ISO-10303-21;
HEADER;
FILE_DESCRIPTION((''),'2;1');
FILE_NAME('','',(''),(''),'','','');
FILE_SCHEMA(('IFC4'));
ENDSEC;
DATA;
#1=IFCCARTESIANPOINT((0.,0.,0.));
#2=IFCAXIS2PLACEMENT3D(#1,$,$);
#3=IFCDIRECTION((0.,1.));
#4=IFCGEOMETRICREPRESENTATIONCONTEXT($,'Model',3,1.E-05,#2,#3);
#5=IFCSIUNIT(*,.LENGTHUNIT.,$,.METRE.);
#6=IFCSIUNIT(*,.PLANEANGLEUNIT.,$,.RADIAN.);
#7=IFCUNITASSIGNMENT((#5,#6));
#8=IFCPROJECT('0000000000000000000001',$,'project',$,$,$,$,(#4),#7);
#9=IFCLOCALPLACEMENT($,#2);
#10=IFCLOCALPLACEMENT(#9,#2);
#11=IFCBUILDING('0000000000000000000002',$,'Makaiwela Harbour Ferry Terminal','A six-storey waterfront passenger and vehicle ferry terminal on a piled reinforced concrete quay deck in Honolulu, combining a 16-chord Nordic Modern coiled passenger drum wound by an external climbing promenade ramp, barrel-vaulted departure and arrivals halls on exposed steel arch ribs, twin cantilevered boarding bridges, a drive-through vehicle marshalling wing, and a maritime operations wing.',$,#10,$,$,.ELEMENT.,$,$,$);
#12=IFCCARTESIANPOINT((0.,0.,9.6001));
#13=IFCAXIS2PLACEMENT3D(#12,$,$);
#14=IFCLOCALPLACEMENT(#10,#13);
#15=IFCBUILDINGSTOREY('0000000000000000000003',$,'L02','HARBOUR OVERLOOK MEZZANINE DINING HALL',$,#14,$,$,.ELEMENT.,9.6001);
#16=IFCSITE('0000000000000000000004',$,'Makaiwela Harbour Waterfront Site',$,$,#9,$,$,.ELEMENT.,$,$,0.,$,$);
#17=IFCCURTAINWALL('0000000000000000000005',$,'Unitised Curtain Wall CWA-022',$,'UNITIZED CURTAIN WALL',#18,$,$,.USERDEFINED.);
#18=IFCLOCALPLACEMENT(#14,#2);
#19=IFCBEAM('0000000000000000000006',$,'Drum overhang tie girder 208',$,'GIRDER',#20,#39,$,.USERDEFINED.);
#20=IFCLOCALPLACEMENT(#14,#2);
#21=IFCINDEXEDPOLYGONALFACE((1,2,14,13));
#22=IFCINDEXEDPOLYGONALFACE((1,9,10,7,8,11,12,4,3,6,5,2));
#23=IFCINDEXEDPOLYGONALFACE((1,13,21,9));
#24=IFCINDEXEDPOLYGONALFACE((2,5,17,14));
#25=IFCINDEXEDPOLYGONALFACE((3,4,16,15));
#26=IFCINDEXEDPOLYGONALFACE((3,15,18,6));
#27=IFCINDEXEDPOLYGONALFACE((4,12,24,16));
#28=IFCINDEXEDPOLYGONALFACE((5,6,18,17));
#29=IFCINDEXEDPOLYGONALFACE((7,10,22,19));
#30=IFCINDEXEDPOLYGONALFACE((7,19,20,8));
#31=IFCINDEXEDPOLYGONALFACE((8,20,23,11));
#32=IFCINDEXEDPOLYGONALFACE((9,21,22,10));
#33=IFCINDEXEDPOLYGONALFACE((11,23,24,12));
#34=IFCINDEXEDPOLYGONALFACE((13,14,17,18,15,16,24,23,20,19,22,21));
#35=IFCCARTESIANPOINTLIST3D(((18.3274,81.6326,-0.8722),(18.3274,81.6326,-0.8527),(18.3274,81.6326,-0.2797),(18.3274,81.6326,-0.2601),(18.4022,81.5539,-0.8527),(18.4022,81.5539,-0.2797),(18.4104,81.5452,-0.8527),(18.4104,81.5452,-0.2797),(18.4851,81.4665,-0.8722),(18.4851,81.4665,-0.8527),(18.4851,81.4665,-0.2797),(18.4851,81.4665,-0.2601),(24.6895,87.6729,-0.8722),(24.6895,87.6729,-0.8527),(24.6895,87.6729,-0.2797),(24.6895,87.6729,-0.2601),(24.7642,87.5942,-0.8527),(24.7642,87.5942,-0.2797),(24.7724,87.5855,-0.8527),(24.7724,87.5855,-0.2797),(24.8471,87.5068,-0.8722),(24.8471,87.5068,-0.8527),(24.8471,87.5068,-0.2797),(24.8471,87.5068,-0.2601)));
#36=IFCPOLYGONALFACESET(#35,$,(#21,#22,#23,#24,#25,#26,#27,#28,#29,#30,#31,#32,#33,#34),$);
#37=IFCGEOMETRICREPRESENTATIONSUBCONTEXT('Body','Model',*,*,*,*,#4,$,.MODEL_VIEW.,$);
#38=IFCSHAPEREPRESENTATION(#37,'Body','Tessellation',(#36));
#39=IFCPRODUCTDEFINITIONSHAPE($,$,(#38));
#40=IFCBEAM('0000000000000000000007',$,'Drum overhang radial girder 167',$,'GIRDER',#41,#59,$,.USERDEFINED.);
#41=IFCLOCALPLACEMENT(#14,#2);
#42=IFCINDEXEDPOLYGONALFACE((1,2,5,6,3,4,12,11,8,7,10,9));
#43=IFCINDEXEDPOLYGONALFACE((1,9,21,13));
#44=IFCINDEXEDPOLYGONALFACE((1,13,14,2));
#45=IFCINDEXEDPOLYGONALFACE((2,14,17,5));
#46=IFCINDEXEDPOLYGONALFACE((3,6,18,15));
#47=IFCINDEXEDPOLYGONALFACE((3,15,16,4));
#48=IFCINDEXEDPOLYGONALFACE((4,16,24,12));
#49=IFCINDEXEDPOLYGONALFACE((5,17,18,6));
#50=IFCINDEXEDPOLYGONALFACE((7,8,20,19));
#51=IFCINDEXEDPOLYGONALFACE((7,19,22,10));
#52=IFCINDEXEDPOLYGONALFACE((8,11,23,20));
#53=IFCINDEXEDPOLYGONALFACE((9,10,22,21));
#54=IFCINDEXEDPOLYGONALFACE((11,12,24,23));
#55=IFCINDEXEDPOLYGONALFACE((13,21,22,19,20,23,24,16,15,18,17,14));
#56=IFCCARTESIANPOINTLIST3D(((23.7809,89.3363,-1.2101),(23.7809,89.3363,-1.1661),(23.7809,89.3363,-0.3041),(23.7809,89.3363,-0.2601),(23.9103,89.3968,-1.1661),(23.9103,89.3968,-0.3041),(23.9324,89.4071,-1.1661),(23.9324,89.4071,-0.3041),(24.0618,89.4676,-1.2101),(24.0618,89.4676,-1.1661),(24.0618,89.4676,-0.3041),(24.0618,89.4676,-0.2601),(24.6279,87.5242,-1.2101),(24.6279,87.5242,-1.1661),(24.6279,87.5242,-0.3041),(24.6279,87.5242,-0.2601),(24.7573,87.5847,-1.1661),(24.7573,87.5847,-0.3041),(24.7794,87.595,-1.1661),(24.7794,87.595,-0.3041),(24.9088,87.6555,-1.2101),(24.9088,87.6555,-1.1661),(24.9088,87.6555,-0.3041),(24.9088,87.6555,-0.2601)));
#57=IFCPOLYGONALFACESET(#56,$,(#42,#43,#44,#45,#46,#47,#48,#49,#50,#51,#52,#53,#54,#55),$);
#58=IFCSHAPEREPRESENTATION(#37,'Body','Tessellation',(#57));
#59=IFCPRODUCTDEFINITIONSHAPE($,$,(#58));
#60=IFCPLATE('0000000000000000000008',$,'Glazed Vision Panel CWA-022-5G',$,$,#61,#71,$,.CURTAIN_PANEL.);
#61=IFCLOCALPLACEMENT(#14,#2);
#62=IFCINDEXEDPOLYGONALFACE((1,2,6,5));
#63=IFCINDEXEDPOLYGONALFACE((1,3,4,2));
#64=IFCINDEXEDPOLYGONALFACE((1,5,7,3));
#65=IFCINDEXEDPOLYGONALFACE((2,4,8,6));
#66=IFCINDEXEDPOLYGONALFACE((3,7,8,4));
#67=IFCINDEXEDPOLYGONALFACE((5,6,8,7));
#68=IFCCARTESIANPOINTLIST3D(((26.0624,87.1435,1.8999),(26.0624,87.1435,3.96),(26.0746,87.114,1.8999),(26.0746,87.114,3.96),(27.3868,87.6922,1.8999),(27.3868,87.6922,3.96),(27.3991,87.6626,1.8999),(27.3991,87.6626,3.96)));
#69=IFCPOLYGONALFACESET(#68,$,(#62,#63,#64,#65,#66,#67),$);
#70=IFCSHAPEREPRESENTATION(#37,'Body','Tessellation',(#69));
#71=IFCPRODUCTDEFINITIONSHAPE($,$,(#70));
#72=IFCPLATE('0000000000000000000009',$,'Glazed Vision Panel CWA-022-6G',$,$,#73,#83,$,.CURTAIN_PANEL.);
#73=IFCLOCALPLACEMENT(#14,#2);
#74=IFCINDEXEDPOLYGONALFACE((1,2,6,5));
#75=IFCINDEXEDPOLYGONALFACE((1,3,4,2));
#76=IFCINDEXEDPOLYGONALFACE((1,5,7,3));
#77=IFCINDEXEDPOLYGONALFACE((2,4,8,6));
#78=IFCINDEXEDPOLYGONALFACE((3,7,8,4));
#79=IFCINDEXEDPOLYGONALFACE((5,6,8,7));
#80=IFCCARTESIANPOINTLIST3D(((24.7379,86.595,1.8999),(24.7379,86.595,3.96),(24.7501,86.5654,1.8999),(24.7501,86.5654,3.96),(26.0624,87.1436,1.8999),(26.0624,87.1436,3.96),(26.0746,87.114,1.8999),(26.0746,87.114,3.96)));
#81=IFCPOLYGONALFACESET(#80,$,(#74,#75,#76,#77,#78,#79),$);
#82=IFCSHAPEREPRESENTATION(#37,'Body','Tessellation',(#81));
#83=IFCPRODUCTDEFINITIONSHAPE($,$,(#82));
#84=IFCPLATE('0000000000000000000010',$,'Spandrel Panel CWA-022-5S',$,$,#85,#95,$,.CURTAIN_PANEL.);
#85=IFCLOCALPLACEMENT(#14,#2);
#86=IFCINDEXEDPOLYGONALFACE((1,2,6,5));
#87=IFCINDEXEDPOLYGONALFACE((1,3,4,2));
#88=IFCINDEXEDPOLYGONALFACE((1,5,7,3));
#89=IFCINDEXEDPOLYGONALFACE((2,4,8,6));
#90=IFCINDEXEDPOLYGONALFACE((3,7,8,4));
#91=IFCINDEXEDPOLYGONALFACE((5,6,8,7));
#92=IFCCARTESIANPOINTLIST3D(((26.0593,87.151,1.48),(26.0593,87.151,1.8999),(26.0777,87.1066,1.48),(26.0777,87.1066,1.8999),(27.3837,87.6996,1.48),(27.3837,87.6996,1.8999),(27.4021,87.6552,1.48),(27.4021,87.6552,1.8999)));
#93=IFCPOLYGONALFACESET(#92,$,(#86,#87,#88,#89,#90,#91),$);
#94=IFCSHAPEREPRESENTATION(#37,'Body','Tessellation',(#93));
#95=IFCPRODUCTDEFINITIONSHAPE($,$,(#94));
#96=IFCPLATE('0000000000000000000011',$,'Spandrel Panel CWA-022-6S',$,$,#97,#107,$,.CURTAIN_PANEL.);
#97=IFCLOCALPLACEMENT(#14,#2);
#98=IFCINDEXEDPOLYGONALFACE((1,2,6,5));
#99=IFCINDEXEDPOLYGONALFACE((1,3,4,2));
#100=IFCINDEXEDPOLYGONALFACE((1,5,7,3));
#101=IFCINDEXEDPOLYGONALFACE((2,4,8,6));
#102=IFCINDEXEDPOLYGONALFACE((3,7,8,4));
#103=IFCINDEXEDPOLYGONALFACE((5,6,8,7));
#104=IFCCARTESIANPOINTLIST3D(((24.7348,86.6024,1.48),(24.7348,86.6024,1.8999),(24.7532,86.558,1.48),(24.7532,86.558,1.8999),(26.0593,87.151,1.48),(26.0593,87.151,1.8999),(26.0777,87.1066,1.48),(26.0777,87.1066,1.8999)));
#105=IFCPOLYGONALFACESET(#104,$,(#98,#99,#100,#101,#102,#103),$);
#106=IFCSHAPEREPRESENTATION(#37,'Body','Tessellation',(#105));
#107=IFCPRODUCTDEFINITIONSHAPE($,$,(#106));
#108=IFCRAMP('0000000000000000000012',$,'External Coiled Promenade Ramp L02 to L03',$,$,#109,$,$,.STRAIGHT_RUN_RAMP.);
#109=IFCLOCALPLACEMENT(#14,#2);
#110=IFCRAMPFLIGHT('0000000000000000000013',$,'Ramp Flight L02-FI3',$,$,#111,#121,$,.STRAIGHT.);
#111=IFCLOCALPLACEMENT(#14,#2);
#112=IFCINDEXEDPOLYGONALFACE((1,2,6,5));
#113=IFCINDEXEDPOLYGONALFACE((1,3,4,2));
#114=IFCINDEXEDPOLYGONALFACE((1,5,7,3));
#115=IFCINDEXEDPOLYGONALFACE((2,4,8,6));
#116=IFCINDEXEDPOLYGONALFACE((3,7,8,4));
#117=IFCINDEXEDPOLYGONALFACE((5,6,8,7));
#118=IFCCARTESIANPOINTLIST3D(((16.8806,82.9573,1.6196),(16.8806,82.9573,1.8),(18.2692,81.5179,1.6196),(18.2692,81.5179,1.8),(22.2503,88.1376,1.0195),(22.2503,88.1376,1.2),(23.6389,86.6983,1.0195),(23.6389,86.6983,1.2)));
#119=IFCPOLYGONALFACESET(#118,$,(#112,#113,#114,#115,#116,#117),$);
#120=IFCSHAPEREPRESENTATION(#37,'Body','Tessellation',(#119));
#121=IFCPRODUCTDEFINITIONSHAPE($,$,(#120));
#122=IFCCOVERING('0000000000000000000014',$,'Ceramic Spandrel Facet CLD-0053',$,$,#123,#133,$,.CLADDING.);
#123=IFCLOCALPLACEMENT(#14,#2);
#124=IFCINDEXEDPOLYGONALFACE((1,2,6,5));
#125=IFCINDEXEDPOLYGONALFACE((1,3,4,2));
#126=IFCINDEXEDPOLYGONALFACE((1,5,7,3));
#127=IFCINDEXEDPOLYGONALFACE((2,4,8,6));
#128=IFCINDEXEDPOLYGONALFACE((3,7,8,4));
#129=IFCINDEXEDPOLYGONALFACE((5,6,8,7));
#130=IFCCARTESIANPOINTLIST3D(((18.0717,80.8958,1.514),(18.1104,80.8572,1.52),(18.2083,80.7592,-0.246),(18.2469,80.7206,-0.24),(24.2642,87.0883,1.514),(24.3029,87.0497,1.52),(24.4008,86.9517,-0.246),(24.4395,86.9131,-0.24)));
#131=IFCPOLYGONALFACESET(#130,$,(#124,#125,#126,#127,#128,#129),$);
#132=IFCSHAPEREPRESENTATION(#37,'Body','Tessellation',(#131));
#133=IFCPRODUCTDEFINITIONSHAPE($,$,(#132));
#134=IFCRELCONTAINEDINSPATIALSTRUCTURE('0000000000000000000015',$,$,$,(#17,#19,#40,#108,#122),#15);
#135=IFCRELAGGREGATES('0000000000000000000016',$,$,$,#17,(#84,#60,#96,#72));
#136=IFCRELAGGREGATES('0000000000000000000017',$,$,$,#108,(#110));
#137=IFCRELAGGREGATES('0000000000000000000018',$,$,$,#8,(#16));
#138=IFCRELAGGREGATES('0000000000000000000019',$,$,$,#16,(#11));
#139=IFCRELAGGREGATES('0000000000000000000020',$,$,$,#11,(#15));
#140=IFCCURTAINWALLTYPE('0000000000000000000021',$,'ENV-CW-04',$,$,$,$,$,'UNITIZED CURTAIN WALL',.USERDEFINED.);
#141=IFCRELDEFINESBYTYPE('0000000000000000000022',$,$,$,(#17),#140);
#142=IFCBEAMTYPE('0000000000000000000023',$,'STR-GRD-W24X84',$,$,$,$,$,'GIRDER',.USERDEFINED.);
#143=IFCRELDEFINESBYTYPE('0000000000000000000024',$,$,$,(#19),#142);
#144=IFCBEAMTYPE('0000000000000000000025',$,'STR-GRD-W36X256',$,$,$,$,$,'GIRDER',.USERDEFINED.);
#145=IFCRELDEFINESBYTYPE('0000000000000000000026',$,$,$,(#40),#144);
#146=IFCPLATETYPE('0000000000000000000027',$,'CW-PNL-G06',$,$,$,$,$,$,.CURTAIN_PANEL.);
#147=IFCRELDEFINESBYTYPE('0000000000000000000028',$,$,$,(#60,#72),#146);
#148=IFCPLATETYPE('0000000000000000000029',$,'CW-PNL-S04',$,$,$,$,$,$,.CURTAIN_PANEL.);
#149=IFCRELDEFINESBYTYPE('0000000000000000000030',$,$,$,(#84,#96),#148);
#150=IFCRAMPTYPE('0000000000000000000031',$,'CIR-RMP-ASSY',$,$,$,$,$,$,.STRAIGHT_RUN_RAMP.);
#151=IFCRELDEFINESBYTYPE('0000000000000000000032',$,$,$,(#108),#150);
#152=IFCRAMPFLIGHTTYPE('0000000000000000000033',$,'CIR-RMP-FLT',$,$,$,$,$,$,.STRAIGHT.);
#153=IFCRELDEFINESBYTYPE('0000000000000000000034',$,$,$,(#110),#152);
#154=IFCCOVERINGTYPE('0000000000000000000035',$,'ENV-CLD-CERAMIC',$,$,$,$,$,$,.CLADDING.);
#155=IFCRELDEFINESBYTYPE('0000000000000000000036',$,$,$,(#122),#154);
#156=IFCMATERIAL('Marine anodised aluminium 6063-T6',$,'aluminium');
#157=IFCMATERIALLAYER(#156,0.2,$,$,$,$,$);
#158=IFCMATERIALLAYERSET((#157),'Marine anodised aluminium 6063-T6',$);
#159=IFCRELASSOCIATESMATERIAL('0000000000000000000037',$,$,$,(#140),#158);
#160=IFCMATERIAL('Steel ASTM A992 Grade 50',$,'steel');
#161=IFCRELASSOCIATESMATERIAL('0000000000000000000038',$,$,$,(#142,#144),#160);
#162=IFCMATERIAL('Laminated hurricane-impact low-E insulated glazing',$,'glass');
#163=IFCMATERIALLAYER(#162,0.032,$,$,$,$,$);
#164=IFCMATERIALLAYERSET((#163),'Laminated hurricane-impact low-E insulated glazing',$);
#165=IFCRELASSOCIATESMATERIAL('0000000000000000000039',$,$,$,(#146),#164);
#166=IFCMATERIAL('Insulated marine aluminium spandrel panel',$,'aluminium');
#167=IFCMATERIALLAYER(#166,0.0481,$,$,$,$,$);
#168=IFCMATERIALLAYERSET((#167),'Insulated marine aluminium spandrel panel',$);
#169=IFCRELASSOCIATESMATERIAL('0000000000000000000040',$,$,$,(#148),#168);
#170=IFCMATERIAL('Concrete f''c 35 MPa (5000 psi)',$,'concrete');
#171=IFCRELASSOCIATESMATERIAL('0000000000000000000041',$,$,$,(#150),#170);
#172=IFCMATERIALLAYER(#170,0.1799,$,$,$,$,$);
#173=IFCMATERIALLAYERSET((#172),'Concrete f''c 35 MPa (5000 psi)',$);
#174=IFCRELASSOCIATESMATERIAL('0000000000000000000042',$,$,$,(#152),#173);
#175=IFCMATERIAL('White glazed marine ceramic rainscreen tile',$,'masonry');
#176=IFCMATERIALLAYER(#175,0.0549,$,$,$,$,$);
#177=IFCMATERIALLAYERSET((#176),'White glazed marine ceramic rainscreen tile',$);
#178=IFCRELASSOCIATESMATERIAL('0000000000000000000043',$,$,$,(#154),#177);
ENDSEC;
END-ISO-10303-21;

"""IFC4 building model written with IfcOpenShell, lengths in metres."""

from ifc_helpers import new_model, si_unit, direction, frame, origin, origin_2d, place, context, subcontext, project, spatial, polyline, rectangle, i_section, outline, extrude, material, layer, layer_set, material_profile, profile_set, type_object, element, aggregate, save


model = new_model("IFC4")

# Units and contexts
model_context = context("Model", 3, precision=1e-05, world=origin(), true_north=direction((0.0, 1.0)))
body_context = subcontext(model_context, "Body", "Model", "MODEL_VIEW")
ifc_project = project(units=[si_unit("LENGTHUNIT", "METRE"), si_unit("PLANEANGLEUNIT", "RADIAN")], contexts=[model_context])

# Site, building, storey
site_placement = place(None, origin())
site = spatial("IfcSite", under=ifc_project, at=site_placement, Name="Makaiwela Harbour Waterfront Site", CompositionType="ELEMENT", RefElevation=0.0)
building_placement = place(site_placement, origin())
building = spatial("IfcBuilding", under=site, at=building_placement, Name="Makaiwela Harbour Ferry Terminal", Description="A six-storey waterfront passenger and vehicle ferry terminal on a piled reinforced concrete quay deck in Honolulu, combining a 16-chord Nordic Modern coiled passenger drum wound by an external climbing promenade ramp, barrel-vaulted departure and arrivals halls on exposed steel arch ribs, twin cantilevered boarding bridges, a drive-through vehicle marshalling wing, and a maritime operations wing.", CompositionType="ELEMENT")
storey_placement = place(building_placement, frame((0.0, 0.0, 9.6001)))
storey = spatial("IfcBuildingStorey", under=building, at=storey_placement, Name="L02", Description="HARBOUR OVERLOOK MEZZANINE DINING HALL", CompositionType="ELEMENT", Elevation=9.6001)

# Curtain wall
ifc_material_1 = material(Name="Marine anodised aluminium 6063-T6", Category="aluminium")
ifc_layer_1 = layer(ifc_material_1, 0.2)
ifc_layer_set_1 = layer_set([ifc_layer_1], Name="Marine anodised aluminium 6063-T6")
curtain_wall_type = type_object("IfcCurtainWallType", Name="ENV-CW-04", ElementType="UNITIZED CURTAIN WALL", PredefinedType="USERDEFINED", material=ifc_layer_set_1)
curtain_wall_1_placement = place(storey_placement, origin())
curtain_wall_1 = element("IfcCurtainWall", 1, at=curtain_wall_1_placement, inside=storey, type_object=curtain_wall_type, Name="Unitised Curtain Wall CWA-022", ObjectType="UNITIZED CURTAIN WALL", PredefinedType="USERDEFINED")

# Beams
ifc_material_2 = material(Name="Steel ASTM A992 Grade 50", Category="steel")
ifc_material_profile_1 = material_profile(ifc_material_2, i_section(OverallWidth=0.229, OverallDepth=0.6121, WebThickness=0.012, FlangeThickness=0.0195, at=origin_2d()), Name="W24X84")
ifc_profile_set_1 = profile_set([ifc_material_profile_1], Name="Steel ASTM A992 Grade 50")
beam_type_1 = type_object("IfcBeamType", Name="STR-GRD-W24X84", ElementType="GIRDER", PredefinedType="USERDEFINED", material=ifc_profile_set_1)
beam_1_placement = place(storey_placement, frame((24.7683, 87.5898, -0.5662), z_axis=(-0.725209, -0.688529, 0.0), x_axis=(0.688529, -0.725209, 0.0)))
element("IfcBeam", 2, at=beam_1_placement, inside=storey, type_object=beam_type_1, Name="Drum overhang tie girder 208", ObjectType="GIRDER", PredefinedType="USERDEFINED", context=body_context, shape_type="SweptSolid", body=[
    extrude(i_section(OverallWidth=0.229, OverallDepth=0.6121, WebThickness=0.012, FlangeThickness=0.0195, at=origin_2d()), origin(), (0.0, 0.0, 1.0), 8.7727),
])
ifc_material_profile_2 = material_profile(ifc_material_2, i_section(OverallWidth=0.3101, OverallDepth=0.95, WebThickness=0.0244, FlangeThickness=0.0439, at=origin_2d()), Name="W36X256")
ifc_profile_set_2 = profile_set([ifc_material_profile_2], Name="Steel ASTM A992 Grade 50")
beam_type_2 = type_object("IfcBeamType", Name="STR-GRD-W36X256", ElementType="GIRDER", PredefinedType="USERDEFINED", material=ifc_profile_set_2)
beam_2_placement = place(storey_placement, frame((24.7683, 87.5898, -0.7351), z_axis=(-0.423427, 0.90593, 0.0), x_axis=(-0.90593, -0.423427, 0.0)))
element("IfcBeam", 3, at=beam_2_placement, inside=storey, type_object=beam_type_2, Name="Drum overhang radial girder 167", ObjectType="GIRDER", PredefinedType="USERDEFINED", context=body_context, shape_type="SweptSolid", body=[
    extrude(i_section(OverallWidth=0.3101, OverallDepth=0.95, WebThickness=0.0244, FlangeThickness=0.0439, at=origin_2d()), origin(), (0.0, 0.0, 1.0), 2.0002),
])

# Plates
ifc_material_3 = material(Name="Laminated hurricane-impact low-E insulated glazing", Category="glass")
ifc_layer_2 = layer(ifc_material_3, 0.032)
ifc_layer_set_2 = layer_set([ifc_layer_2], Name="Laminated hurricane-impact low-E insulated glazing")
plate_type_1 = type_object("IfcPlateType", Name="CW-PNL-G06", PredefinedType="CURTAIN_PANEL", material=ifc_layer_set_2)
plate_1_placement = place(storey_placement, frame((26.7307, 87.4031, 1.8999), z_axis=(0.0, 0.0, 1.0), x_axis=(-0.92388, -0.382683, 0.0)))
plate_1 = element("IfcPlate", 4, at=plate_1_placement, type_object=plate_type_1, Name="Glazed Vision Panel CWA-022-5G", PredefinedType="CURTAIN_PANEL", context=body_context, shape_type="SweptSolid", body=[
    extrude(rectangle(XDim=1.4336, YDim=0.032, at=origin_2d()), origin(), (0.0, 0.0, 1.0), 2.0601),
])
plate_2_placement = place(storey_placement, frame((25.4062, 86.8545, 1.8999), z_axis=(0.0, 0.0, 1.0), x_axis=(-0.92388, -0.382683, 0.0)))
plate_2 = element("IfcPlate", 5, at=plate_2_placement, type_object=plate_type_1, Name="Glazed Vision Panel CWA-022-6G", PredefinedType="CURTAIN_PANEL", context=body_context, shape_type="SweptSolid", body=[
    extrude(rectangle(XDim=1.4336, YDim=0.032, at=origin_2d()), origin(), (0.0, 0.0, 1.0), 2.0601),
])
ifc_material_4 = material(Name="Insulated marine aluminium spandrel panel", Category="aluminium")
ifc_layer_3 = layer(ifc_material_4, 0.0481)
ifc_layer_set_3 = layer_set([ifc_layer_3], Name="Insulated marine aluminium spandrel panel")
plate_type_2 = type_object("IfcPlateType", Name="CW-PNL-S04", PredefinedType="CURTAIN_PANEL", material=ifc_layer_set_3)
plate_3_placement = place(storey_placement, frame((26.7307, 87.4031, 1.48), z_axis=(0.0, 0.0, 1.0), x_axis=(-0.92388, -0.382683, 0.0)))
plate_3 = element("IfcPlate", 6, at=plate_3_placement, type_object=plate_type_2, Name="Spandrel Panel CWA-022-5S", PredefinedType="CURTAIN_PANEL", context=body_context, shape_type="SweptSolid", body=[
    extrude(rectangle(XDim=1.4336, YDim=0.0481, at=origin_2d()), origin(), (0.0, 0.0, 1.0), 0.4199),
])
plate_4_placement = place(storey_placement, frame((25.4062, 86.8545, 1.48), z_axis=(0.0, 0.0, 1.0), x_axis=(-0.92388, -0.382683, 0.0)))
plate_4 = element("IfcPlate", 7, at=plate_4_placement, type_object=plate_type_2, Name="Spandrel Panel CWA-022-6S", PredefinedType="CURTAIN_PANEL", context=body_context, shape_type="SweptSolid", body=[
    extrude(rectangle(XDim=1.4336, YDim=0.0481, at=origin_2d()), origin(), (0.0, 0.0, 1.0), 0.4199),
])
aggregate(curtain_wall_1, [plate_3, plate_1, plate_4, plate_2])

# Ramp, ramp flight
ifc_material_5 = material(Name="Concrete f'c 35 MPa (5000 psi)", Category="concrete")
ramp_type = type_object("IfcRampType", Name="CIR-RMP-ASSY", PredefinedType="STRAIGHT_RUN_RAMP", material=ifc_material_5)
ramp_placement = place(storey_placement, origin())
ramp = element("IfcRamp", 8, at=ramp_placement, inside=storey, type_object=ramp_type, Name="External Coiled Promenade Ramp L02 to L03", PredefinedType="STRAIGHT_RUN_RAMP")
ifc_layer_4 = layer(ifc_material_5, 0.1799)
ifc_layer_set_4 = layer_set([ifc_layer_4], Name="Concrete f'c 35 MPa (5000 psi)")
ramp_flight_type = type_object("IfcRampFlightType", Name="CIR-RMP-FLT", PredefinedType="STRAIGHT", material=ifc_layer_set_4)
ramp_flight_placement = place(storey_placement, frame((22.9446, 87.418, 1.2), z_axis=(0.0, 0.0, 1.0), x_axis=(-0.719679, -0.694307, 0.0)))
ramp_flight = element("IfcRampFlight", 9, at=ramp_flight_placement, type_object=ramp_flight_type, Name="Ramp Flight L02-FI3", PredefinedType="STRAIGHT", context=body_context, shape_type="SweptSolid", body=[
    extrude(outline(polyline([(0.0, 0.0), (7.4612, 0.6001), (7.4612, 0.4197), (0.0, -0.1804), (0.0, 0.0)])), frame((0.0, 1.0, 0.0), z_axis=(0.0, -1.0, 0.0), x_axis=(1.0, 0.0, 0.0)), (0.0, 0.0, 1.0), 2.0),
])
aggregate(ramp, [ramp_flight])

# Covering
ifc_material_6 = material(Name="White glazed marine ceramic rainscreen tile", Category="masonry")
ifc_layer_5 = layer(ifc_material_6, 0.0549)
ifc_layer_set_5 = layer_set([ifc_layer_5], Name="White glazed marine ceramic rainscreen tile")
covering_type = type_object("IfcCoveringType", Name="ENV-CLD-CERAMIC", PredefinedType="CLADDING", material=ifc_layer_set_5)
covering_placement = place(storey_placement, frame((24.4395, 86.9131, -0.24), z_axis=(0.702886, -0.702886, 0.109104), x_axis=(-0.707107, -0.707107, 0.000002)))
element("IfcCovering", 10, at=covering_placement, inside=storey, type_object=covering_type, Name="Ceramic Spandrel Facet CLD-0053", PredefinedType="CLADDING", context=body_context, shape_type="SweptSolid", body=[
    extrude(outline(polyline([(0.0, 0.0), (8.7575, 0.0), (8.7575, -1.7706), (0.0, -1.7706), (0.0, 0.0)])), origin(), (0.0, 0.0, -1.0), 0.0549),
])

save(model, "model.ifc")
